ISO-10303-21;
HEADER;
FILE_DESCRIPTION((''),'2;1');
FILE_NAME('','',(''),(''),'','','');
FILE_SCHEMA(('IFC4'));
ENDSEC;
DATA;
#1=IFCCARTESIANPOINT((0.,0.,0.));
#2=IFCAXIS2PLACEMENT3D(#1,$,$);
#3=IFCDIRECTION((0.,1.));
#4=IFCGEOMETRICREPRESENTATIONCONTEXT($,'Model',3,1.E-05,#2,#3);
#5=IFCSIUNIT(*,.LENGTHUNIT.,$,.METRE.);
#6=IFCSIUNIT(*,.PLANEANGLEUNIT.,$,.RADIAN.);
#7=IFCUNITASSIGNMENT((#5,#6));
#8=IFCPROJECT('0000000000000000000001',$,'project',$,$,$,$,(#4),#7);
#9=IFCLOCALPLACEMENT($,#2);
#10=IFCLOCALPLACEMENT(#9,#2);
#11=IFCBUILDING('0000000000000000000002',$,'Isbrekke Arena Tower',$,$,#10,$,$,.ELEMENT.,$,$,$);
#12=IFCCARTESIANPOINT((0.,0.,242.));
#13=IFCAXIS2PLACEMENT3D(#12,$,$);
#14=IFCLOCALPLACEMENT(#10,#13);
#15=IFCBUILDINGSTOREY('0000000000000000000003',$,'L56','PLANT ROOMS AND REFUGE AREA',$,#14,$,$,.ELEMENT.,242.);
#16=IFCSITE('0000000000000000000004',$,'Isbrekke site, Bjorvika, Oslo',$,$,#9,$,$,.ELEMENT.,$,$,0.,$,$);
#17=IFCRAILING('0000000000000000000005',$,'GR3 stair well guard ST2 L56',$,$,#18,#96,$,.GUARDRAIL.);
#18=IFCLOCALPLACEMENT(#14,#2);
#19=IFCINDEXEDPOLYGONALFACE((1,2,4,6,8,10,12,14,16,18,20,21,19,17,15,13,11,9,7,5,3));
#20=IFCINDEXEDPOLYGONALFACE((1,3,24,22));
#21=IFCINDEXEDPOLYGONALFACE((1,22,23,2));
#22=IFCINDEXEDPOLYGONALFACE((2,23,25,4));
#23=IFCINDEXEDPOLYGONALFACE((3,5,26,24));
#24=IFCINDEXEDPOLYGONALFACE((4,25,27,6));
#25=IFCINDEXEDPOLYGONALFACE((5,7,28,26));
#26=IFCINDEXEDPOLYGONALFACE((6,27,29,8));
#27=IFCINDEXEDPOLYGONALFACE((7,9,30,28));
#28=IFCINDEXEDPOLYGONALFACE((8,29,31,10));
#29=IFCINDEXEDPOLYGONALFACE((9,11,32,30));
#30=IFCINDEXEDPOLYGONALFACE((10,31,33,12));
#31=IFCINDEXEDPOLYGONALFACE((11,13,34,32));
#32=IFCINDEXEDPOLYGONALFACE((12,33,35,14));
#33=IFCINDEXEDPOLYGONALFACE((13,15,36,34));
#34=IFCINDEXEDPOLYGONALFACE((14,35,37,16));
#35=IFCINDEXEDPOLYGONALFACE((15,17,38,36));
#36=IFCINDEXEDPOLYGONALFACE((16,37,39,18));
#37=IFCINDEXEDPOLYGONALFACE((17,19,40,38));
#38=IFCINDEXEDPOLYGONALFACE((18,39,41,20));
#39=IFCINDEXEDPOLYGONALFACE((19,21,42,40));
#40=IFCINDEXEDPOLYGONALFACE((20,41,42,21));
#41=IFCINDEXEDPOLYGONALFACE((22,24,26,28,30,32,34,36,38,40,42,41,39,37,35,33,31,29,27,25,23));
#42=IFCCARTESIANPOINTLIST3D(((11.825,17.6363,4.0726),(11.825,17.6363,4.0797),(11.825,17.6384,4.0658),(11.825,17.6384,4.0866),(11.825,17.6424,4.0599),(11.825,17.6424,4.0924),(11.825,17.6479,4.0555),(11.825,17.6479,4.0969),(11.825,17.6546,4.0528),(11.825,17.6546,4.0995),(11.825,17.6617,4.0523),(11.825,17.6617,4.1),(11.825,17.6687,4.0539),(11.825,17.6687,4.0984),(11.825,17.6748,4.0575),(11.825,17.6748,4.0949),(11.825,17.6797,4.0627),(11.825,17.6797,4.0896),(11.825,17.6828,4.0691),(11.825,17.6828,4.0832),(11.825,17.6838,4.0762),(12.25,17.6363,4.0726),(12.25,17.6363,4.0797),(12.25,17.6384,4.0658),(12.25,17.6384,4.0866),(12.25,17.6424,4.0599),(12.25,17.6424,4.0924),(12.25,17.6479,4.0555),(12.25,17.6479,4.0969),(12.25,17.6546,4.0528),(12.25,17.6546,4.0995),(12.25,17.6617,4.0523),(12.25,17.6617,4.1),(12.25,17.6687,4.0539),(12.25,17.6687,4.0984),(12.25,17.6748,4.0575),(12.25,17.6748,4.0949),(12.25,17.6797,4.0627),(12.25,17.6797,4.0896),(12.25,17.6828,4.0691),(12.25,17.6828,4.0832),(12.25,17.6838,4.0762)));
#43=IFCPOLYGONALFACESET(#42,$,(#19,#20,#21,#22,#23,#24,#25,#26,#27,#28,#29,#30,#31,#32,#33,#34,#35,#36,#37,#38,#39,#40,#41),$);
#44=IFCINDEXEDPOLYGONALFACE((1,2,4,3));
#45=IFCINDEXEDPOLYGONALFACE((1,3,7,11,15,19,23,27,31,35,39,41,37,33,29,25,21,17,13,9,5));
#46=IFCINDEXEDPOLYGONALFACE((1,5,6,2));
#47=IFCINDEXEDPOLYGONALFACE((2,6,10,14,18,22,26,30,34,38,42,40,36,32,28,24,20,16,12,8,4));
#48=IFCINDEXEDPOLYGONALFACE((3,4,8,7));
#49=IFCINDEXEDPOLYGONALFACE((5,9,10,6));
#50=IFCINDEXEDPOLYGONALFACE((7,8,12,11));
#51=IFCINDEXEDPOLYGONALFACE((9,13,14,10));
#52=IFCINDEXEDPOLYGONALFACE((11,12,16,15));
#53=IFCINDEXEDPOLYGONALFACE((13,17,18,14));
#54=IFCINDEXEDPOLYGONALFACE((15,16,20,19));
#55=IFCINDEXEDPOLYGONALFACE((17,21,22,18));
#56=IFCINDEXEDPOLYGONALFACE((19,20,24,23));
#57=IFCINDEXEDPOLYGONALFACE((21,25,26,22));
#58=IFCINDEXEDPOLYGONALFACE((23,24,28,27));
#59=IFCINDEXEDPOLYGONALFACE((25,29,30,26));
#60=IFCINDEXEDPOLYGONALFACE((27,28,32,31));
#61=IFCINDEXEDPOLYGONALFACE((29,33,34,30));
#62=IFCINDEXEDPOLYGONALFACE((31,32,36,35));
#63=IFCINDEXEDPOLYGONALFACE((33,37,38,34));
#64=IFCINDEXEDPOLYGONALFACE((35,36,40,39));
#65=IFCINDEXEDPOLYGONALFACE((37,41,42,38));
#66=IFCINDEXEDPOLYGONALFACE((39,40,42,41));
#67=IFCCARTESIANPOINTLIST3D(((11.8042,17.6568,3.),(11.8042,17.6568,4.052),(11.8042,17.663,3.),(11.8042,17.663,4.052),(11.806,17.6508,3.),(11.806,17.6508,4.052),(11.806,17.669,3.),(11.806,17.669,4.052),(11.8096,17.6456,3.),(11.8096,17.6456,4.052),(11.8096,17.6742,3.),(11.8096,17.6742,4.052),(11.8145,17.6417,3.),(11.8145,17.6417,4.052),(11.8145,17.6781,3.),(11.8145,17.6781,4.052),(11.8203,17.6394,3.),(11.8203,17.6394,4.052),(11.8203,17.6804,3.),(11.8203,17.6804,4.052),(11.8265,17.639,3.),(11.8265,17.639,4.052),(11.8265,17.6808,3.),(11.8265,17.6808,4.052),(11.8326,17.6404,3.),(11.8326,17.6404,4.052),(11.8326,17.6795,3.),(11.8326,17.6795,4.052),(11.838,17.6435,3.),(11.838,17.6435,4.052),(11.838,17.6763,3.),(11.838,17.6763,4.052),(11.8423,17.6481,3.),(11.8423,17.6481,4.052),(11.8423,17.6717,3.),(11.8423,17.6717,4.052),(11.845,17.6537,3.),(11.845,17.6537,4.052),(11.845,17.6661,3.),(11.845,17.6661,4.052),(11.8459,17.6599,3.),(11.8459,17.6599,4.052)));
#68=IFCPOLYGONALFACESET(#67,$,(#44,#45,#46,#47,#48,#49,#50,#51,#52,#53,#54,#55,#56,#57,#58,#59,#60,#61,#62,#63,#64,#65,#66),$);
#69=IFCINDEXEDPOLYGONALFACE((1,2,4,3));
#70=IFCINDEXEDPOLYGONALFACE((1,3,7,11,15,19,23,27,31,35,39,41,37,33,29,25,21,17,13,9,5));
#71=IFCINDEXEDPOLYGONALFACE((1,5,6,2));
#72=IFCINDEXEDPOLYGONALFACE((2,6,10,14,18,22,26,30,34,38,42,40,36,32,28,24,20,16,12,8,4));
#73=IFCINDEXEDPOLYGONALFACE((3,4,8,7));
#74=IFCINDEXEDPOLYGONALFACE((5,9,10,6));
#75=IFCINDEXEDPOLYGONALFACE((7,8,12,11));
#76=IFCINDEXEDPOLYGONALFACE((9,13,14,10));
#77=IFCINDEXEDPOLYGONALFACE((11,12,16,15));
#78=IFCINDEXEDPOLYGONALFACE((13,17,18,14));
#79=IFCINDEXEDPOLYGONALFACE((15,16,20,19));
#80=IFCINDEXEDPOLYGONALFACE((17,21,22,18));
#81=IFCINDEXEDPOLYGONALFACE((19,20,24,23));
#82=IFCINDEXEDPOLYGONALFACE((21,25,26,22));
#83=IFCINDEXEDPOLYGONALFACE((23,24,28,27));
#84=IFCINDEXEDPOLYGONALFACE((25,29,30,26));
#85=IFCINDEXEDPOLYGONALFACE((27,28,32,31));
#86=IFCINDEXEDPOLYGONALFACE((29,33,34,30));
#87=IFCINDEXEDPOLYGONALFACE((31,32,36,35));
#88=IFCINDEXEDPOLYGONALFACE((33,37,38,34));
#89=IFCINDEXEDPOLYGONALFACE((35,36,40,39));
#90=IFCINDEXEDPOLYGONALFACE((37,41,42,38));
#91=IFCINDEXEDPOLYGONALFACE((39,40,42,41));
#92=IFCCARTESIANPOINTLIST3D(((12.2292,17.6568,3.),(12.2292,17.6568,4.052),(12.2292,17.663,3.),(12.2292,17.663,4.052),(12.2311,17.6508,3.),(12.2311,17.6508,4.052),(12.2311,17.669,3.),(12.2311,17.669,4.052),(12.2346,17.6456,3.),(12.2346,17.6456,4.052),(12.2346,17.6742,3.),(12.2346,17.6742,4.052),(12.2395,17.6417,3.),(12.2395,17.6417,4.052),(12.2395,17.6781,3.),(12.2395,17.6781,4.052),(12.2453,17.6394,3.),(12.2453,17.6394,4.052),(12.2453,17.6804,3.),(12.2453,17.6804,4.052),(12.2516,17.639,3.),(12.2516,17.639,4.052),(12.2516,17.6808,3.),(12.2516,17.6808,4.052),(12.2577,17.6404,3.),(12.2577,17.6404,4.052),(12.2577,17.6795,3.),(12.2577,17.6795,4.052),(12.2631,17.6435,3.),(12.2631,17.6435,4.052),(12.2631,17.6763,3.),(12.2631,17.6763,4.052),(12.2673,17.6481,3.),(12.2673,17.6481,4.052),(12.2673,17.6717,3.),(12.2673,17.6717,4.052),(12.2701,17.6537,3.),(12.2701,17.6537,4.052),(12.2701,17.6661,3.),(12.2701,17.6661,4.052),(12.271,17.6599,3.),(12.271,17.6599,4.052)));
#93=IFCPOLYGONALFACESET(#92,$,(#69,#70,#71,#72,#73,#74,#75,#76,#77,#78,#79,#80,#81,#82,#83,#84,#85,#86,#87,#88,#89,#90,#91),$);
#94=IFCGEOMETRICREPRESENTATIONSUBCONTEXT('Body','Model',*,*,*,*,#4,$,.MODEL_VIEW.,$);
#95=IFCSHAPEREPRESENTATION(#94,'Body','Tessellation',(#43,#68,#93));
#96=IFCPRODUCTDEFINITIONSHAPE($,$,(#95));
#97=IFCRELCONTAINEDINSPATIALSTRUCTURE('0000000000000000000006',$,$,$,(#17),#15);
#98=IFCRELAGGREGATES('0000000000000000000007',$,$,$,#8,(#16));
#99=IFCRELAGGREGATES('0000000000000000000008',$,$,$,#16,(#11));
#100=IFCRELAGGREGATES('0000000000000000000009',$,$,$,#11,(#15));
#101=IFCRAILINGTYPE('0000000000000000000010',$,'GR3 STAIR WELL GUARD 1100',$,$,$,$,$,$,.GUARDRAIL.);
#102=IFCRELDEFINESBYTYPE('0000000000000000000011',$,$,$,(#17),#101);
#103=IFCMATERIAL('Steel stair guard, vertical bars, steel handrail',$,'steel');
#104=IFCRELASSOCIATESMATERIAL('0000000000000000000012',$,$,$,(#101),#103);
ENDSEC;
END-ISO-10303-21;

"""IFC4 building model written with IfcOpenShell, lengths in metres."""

from ifc_helpers import new_model, si_unit, direction, frame, origin, origin_2d, place, context, subcontext, project, spatial, circle, extrude, material, type_object, element, save


model = new_model("IFC4")

# Units and contexts
model_context = context("Model", 3, precision=1e-05, world=origin(), true_north=direction((0.0, 1.0)))
body_context = subcontext(model_context, "Body", "Model", "MODEL_VIEW")
ifc_project = project(units=[si_unit("LENGTHUNIT", "METRE"), si_unit("PLANEANGLEUNIT", "RADIAN")], contexts=[model_context])

# Site, building, storey
site_placement = place(None, origin())
site = spatial("IfcSite", under=ifc_project, at=site_placement, Name="Isbrekke site, Bjorvika, Oslo", CompositionType="ELEMENT", RefElevation=0.0)
building_placement = place(site_placement, origin())
building = spatial("IfcBuilding", under=site, at=building_placement, Name="Isbrekke Arena Tower", CompositionType="ELEMENT")
storey_placement = place(building_placement, frame((0.0, 0.0, 242.0)))
storey = spatial("IfcBuildingStorey", under=building, at=storey_placement, Name="L56", Description="PLANT ROOMS AND REFUGE AREA", CompositionType="ELEMENT", Elevation=242.0)

# Railing
ifc_material_1 = material(Name="Steel stair guard, vertical bars, steel handrail", Category="steel")
railing_type = type_object("IfcRailingType", Name="GR3 STAIR WELL GUARD 1100", PredefinedType="GUARDRAIL", material=ifc_material_1)
for number, where, name in (
    (1, (11.825, 17.6599, 3.0), "GR3 stair well guard ST2 L56"),
):
    element("IfcRailing", number, at=place(storey_placement, frame(where)), inside=storey, type_object=railing_type, Name=name, PredefinedType="GUARDRAIL", context=body_context, shape_type="SweptSolid", body=[
        extrude(circle(Radius=0.0239, at=origin_2d()), frame((0.0, 0.0, 1.0762), z_axis=(1.0, 0.0, 0.0), x_axis=(0.0, 1.0, 0.0)), (0.0, 0.0, 1.0), 0.425),
        extrude(circle(Radius=0.021, at=origin_2d()), origin(), (0.0, 0.0, 1.0), 1.052),
        extrude(circle(Radius=0.021, at=origin_2d()), frame((0.425, 0.0, 0.0)), (0.0, 0.0, 1.0), 1.052),
    ])

save(model, "model.ifc")
